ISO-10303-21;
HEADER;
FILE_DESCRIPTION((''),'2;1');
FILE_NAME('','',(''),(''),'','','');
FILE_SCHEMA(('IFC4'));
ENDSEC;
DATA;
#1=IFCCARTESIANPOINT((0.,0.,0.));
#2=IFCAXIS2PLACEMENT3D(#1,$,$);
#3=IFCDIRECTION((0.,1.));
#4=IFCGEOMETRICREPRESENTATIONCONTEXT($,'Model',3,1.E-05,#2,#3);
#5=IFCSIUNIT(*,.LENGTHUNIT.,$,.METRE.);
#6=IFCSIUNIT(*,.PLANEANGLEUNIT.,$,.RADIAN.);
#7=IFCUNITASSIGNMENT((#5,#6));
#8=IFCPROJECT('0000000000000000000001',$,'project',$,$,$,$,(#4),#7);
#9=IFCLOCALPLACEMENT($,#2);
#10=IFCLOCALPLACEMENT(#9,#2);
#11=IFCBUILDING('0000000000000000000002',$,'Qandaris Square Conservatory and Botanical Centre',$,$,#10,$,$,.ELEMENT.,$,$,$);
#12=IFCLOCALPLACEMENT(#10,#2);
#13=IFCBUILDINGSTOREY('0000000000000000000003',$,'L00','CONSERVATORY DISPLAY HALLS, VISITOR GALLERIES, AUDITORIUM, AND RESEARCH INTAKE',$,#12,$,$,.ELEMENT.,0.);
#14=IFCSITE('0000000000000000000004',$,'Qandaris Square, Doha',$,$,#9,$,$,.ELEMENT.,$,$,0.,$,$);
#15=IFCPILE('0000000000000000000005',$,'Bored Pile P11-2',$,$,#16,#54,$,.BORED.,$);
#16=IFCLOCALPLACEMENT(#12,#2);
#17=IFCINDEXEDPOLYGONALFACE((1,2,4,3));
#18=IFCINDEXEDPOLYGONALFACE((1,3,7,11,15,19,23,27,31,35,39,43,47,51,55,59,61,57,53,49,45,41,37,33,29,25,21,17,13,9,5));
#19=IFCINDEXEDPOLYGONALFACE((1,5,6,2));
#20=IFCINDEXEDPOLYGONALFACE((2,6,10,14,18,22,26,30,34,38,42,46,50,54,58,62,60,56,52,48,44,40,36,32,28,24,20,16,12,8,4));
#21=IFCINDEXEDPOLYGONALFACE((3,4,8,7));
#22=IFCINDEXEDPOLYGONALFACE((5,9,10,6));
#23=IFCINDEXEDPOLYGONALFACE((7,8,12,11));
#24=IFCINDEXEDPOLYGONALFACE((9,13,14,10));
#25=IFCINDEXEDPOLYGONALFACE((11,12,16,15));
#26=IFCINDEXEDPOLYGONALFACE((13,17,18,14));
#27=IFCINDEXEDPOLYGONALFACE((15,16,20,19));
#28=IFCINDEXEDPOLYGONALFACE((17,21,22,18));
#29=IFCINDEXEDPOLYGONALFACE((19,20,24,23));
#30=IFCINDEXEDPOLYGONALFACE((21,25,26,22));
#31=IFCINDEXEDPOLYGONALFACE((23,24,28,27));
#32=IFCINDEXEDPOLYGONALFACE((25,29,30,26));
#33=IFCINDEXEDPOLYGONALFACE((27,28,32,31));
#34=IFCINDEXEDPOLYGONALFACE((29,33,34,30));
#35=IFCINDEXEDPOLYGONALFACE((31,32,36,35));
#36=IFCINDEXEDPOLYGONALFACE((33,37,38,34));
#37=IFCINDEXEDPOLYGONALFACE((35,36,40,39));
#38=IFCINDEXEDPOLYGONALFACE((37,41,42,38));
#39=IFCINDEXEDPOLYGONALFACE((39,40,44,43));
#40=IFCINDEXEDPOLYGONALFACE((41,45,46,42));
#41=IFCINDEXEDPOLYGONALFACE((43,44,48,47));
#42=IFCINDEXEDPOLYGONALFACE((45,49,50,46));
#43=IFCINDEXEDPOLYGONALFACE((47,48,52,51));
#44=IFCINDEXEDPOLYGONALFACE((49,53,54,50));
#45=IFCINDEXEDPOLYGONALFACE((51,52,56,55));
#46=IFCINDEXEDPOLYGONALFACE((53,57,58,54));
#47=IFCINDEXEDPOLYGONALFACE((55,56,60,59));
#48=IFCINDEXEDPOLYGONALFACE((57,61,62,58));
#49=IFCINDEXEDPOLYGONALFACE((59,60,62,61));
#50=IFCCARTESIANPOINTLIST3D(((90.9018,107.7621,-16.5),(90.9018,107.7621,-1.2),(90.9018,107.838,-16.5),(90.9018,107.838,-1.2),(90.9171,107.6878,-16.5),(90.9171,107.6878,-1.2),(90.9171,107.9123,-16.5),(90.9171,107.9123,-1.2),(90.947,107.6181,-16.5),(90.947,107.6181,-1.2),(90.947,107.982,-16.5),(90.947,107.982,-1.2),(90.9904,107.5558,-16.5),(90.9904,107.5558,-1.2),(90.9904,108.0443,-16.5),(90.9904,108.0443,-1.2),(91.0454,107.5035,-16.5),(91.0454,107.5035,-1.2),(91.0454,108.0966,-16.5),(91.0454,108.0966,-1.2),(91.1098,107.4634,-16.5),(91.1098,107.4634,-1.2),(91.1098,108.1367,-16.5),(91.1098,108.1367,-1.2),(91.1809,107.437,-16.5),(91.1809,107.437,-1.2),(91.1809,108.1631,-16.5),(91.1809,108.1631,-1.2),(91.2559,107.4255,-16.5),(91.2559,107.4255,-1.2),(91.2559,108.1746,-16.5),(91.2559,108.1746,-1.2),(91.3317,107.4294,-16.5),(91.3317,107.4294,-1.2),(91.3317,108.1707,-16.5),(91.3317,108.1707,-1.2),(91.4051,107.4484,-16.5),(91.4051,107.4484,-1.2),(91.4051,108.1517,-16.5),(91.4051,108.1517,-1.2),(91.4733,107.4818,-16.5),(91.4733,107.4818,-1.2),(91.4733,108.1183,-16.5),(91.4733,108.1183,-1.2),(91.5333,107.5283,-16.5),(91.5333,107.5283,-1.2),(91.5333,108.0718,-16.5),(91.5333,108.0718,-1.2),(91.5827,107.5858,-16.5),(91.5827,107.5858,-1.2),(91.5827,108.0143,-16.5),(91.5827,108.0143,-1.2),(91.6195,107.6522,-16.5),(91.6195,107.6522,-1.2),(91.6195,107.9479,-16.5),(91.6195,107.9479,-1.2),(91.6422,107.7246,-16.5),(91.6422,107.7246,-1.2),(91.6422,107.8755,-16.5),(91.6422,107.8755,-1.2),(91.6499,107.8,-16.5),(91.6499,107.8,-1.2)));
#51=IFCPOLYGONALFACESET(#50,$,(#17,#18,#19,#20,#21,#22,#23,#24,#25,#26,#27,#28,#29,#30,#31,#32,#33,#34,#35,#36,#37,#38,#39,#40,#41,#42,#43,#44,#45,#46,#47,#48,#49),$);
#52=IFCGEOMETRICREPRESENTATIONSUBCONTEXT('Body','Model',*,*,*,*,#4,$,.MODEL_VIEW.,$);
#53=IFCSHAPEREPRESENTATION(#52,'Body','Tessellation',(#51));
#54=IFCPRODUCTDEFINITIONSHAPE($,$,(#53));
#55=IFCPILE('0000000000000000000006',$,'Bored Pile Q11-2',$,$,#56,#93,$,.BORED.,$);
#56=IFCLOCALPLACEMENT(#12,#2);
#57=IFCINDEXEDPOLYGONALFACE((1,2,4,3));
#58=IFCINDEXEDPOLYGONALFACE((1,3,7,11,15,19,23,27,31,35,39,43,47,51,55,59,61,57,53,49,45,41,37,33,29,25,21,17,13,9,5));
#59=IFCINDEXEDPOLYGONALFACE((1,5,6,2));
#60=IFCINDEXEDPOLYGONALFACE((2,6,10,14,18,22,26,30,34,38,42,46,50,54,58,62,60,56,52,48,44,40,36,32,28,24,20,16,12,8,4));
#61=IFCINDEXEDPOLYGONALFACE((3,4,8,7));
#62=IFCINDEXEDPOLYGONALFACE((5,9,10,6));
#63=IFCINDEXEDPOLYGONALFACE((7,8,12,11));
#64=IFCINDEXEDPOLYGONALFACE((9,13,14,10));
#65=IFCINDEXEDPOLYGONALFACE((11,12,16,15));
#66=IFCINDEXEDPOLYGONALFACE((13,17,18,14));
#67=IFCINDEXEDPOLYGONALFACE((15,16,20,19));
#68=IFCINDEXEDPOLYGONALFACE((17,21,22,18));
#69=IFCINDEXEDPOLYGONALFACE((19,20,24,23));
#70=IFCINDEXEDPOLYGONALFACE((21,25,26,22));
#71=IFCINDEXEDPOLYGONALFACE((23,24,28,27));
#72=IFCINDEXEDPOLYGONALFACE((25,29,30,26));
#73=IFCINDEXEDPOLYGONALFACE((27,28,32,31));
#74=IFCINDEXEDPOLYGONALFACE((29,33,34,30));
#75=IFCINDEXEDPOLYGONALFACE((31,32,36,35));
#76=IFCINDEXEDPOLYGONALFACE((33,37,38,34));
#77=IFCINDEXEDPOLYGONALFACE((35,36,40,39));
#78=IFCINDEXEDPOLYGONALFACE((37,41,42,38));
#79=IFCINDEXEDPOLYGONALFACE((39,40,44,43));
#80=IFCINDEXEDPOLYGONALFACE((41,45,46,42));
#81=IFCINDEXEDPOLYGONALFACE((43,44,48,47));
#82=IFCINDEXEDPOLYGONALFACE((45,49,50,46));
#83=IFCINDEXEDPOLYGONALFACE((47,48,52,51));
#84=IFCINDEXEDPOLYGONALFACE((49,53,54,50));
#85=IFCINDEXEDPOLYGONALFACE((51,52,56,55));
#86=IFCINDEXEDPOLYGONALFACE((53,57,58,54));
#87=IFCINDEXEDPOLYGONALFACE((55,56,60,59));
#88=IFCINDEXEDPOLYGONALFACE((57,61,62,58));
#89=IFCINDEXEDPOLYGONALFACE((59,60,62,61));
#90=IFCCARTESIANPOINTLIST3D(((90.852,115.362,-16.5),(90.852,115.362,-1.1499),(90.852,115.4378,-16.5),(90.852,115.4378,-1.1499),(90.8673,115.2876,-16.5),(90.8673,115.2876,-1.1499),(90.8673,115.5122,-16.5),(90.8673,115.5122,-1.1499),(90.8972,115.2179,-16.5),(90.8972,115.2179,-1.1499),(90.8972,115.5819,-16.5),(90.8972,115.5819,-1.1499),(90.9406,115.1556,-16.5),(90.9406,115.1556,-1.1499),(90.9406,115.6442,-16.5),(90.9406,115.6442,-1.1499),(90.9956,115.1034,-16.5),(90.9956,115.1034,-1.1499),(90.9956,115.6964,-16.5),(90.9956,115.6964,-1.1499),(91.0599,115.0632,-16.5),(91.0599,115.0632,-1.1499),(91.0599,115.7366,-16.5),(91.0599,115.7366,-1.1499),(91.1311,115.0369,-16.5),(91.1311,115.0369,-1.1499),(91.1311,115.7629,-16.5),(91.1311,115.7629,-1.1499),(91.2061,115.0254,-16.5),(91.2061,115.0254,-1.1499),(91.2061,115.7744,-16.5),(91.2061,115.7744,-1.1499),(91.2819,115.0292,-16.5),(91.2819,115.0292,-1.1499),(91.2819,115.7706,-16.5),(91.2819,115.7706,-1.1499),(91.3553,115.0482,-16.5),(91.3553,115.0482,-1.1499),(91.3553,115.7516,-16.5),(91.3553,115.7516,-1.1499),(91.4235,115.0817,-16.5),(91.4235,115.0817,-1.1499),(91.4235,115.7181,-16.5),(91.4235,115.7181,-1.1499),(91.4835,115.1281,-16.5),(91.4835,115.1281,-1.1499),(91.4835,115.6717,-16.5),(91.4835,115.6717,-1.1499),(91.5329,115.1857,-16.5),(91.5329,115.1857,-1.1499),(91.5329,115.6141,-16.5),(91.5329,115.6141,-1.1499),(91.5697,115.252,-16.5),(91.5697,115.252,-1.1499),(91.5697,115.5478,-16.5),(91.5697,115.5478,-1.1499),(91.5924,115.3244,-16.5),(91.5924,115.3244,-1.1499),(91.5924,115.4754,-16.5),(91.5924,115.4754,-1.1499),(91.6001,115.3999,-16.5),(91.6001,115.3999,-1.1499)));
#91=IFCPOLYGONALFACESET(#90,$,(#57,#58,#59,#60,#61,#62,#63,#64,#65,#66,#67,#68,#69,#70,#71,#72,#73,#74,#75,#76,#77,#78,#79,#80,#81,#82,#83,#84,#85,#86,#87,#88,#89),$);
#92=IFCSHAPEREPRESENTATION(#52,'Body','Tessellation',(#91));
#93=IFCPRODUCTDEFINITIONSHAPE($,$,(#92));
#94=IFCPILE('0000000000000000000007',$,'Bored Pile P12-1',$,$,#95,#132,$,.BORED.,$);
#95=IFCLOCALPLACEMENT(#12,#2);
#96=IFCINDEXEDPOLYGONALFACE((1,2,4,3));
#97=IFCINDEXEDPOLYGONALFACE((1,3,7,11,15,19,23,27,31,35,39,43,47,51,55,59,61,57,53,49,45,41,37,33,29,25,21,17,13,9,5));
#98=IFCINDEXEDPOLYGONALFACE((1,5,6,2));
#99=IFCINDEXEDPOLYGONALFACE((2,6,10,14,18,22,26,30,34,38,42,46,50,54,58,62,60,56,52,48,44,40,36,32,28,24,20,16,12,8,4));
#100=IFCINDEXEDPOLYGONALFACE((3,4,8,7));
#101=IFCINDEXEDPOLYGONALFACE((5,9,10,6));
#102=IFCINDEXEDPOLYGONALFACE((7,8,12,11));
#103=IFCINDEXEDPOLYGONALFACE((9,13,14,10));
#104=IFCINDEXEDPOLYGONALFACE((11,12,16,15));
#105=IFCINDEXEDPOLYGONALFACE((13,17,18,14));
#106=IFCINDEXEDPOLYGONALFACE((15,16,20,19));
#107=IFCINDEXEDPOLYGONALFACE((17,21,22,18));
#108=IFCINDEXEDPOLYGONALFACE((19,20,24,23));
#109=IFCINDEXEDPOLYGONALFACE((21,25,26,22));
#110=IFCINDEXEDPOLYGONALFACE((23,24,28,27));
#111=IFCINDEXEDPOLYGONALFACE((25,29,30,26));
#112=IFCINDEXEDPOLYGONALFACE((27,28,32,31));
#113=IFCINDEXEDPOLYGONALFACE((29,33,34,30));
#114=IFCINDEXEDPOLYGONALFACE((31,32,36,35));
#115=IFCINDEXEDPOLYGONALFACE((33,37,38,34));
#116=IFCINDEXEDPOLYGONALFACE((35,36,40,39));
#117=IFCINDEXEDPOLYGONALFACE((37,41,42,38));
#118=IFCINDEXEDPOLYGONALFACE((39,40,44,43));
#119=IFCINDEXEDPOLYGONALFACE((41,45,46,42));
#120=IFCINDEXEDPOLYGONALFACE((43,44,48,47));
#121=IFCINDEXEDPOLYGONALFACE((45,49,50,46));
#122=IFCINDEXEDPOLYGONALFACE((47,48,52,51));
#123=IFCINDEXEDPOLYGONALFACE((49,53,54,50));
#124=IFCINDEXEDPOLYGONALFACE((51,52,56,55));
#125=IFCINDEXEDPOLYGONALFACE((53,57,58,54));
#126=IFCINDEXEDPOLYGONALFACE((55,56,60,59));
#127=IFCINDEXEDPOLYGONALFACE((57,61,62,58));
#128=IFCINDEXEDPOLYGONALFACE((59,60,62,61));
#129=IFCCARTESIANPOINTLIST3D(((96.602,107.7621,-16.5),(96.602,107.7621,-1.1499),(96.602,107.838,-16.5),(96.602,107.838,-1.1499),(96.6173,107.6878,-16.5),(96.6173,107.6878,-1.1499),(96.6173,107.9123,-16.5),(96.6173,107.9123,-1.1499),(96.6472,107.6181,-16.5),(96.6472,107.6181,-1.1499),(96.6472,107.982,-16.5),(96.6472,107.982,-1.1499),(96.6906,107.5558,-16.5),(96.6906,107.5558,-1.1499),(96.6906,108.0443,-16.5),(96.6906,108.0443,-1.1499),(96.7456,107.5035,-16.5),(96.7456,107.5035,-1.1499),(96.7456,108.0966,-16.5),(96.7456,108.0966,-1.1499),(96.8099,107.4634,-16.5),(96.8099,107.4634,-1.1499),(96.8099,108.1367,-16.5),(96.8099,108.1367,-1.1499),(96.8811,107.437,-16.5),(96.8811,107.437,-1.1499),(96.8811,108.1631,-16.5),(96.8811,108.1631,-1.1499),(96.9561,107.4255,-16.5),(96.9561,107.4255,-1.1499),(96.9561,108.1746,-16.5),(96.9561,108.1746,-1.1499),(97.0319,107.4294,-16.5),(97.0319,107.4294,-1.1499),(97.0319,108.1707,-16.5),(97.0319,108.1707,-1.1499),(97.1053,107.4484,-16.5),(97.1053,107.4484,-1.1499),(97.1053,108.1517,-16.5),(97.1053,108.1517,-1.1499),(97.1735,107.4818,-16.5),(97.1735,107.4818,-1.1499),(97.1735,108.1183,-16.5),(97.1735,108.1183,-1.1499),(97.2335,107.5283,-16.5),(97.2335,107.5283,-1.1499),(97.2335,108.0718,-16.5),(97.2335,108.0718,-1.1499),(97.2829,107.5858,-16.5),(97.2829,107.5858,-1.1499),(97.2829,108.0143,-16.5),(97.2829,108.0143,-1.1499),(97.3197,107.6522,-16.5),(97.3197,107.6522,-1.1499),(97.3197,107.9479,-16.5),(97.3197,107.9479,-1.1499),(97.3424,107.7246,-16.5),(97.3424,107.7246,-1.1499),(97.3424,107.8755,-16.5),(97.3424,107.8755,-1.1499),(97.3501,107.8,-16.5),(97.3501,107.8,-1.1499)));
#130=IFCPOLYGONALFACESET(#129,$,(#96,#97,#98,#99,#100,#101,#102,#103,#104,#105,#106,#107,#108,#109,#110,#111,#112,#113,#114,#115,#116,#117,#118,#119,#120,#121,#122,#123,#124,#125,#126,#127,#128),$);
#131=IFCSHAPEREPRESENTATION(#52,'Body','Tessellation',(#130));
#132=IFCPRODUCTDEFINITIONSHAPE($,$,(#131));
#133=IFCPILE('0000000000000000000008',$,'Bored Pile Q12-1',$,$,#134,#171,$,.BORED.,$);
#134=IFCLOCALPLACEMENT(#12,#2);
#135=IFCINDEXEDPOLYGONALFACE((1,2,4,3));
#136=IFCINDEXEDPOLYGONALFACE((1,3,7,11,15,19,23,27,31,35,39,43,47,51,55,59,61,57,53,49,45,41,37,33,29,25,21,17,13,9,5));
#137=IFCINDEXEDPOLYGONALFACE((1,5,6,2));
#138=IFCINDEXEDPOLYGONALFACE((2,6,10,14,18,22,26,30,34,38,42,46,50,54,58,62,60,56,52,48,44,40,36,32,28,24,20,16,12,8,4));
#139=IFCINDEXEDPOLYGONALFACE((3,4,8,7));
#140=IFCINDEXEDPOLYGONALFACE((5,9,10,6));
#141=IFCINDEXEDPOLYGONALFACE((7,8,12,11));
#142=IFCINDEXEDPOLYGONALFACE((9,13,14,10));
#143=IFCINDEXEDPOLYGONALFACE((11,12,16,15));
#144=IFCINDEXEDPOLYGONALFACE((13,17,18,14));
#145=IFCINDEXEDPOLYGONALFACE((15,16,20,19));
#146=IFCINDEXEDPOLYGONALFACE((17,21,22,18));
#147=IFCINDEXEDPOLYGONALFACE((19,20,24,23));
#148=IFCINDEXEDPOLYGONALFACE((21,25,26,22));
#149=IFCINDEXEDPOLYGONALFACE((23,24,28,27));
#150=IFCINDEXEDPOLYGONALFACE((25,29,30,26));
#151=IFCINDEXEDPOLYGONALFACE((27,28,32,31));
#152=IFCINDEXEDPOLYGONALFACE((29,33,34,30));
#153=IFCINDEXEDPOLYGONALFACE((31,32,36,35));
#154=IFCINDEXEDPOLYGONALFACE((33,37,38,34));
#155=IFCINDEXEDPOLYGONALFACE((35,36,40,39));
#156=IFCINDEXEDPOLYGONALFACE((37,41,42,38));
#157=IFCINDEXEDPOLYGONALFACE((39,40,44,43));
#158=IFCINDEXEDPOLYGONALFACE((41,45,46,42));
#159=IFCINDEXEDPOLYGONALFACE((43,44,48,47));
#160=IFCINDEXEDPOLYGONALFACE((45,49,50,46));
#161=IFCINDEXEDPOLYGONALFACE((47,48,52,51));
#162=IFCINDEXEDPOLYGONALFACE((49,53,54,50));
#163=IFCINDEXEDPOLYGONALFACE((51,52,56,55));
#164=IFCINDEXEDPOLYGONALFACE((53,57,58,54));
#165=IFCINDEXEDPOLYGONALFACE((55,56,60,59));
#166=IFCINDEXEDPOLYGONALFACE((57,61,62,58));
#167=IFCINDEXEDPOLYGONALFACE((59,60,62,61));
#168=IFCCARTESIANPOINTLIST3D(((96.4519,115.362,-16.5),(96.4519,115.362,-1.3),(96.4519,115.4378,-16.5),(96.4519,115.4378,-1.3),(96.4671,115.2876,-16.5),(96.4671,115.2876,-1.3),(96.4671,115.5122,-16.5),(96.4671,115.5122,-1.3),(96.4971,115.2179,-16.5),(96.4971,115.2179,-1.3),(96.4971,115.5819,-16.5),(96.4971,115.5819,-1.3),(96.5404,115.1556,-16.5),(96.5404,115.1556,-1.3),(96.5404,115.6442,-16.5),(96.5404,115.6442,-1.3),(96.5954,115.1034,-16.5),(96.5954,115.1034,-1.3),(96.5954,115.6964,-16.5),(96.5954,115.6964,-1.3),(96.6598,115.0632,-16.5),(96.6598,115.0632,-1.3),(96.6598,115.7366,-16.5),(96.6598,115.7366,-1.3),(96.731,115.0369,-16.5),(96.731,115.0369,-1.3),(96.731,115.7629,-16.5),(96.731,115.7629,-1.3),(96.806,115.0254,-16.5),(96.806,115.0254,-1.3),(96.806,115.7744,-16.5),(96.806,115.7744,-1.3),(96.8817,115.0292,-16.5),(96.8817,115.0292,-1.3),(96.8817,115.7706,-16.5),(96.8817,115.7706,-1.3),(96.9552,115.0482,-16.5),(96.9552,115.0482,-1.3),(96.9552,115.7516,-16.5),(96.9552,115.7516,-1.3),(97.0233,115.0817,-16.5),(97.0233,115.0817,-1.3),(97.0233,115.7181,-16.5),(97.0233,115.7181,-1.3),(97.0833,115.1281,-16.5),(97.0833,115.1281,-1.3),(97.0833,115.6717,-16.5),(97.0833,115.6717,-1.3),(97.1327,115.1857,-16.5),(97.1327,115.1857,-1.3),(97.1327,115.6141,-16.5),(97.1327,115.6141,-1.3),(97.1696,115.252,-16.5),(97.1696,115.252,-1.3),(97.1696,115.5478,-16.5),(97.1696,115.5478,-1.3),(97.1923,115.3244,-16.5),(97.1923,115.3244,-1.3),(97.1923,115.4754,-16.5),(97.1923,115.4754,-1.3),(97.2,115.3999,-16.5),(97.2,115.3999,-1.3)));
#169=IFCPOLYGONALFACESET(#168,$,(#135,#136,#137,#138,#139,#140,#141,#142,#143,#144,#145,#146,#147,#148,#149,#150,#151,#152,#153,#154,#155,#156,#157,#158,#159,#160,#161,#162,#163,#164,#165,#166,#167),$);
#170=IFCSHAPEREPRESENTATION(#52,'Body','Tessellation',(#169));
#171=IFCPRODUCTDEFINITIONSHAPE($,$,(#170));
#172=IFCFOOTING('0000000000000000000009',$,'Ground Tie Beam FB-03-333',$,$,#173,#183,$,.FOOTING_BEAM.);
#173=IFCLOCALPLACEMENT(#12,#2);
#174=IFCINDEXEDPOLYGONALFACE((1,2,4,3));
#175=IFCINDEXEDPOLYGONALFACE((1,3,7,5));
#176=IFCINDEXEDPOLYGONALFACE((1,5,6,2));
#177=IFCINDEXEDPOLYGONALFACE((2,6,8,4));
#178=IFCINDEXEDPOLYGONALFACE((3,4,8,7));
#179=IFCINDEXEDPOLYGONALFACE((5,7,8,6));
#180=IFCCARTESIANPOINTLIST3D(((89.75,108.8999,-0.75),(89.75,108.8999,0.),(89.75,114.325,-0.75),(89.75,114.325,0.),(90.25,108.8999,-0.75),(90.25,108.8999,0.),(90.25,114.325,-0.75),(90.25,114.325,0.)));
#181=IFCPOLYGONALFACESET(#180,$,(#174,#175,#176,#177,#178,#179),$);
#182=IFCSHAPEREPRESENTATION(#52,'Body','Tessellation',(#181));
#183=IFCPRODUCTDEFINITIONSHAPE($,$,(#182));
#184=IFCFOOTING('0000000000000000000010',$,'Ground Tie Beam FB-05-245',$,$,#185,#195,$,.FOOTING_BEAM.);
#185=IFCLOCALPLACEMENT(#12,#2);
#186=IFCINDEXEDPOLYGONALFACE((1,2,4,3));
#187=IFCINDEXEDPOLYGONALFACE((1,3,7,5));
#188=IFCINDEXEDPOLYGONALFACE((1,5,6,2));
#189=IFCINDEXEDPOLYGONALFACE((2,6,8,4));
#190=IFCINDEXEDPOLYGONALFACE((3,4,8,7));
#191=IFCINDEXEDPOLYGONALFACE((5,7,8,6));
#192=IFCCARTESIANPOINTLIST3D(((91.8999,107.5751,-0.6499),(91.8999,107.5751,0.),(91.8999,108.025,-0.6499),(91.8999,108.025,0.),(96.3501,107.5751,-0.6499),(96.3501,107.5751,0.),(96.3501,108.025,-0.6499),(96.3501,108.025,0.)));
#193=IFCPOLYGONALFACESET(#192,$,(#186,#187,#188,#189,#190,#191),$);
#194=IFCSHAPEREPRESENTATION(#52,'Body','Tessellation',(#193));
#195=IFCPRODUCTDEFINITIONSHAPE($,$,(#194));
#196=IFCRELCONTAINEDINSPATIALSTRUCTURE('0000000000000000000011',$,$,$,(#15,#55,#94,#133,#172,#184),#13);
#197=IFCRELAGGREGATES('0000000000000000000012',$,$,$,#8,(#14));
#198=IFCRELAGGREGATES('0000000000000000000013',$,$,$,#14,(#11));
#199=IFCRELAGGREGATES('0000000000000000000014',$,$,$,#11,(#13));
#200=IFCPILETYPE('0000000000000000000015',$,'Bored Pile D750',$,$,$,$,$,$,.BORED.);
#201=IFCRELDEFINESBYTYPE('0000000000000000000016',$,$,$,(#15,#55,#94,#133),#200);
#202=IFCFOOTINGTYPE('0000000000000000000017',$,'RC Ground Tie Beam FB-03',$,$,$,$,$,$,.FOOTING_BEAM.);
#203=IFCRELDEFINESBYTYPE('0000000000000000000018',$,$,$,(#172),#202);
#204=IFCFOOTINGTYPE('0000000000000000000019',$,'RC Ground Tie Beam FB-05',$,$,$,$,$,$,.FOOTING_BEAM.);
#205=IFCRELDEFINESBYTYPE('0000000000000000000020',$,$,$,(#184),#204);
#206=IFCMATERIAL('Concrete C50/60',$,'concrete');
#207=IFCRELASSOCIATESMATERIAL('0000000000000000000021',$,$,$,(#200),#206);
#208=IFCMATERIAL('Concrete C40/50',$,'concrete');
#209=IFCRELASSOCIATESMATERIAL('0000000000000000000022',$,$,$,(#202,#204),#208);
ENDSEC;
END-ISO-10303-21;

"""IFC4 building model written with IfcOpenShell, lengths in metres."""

from ifc_helpers import new_model, si_unit, direction, frame, origin, origin_2d, place, context, subcontext, project, spatial, rectangle, circle, extrude, material, material_profile, profile_set, type_object, element, save


model = new_model("IFC4")

# Units and contexts
model_context = context("Model", 3, precision=1e-05, world=origin(), true_north=direction((0.0, 1.0)))
body_context = subcontext(model_context, "Body", "Model", "MODEL_VIEW")
ifc_project = project(units=[si_unit("LENGTHUNIT", "METRE"), si_unit("PLANEANGLEUNIT", "RADIAN")], contexts=[model_context])

# Site, building, storey
site_placement = place(None, origin())
site = spatial("IfcSite", under=ifc_project, at=site_placement, Name="Qandaris Square, Doha", CompositionType="ELEMENT", RefElevation=0.0)
building_placement = place(site_placement, origin())
building = spatial("IfcBuilding", under=site, at=building_placement, Name="Qandaris Square Conservatory and Botanical Centre", CompositionType="ELEMENT")
storey_placement = place(building_placement, origin())
storey = spatial("IfcBuildingStorey", under=building, at=storey_placement, Name="L00", Description="CONSERVATORY DISPLAY HALLS, VISITOR GALLERIES, AUDITORIUM, AND RESEARCH INTAKE", CompositionType="ELEMENT", Elevation=0.0)

# Piles
ifc_material_1 = material(Name="Concrete C50/60", Category="concrete")
ifc_material_profile_1 = material_profile(ifc_material_1, circle(Radius=0.375, at=origin_2d()), Name="PILE D750")
ifc_profile_set_1 = profile_set([ifc_material_profile_1], Name="Concrete C50/60")
pile_type = type_object("IfcPileType", Name="Bored Pile D750", PredefinedType="BORED", material=ifc_profile_set_1)
pile_1_placement = place(storey_placement, frame((91.2749, 107.8, -1.2), z_axis=(0.0, 0.0, -1.0), x_axis=(1.0, 0.0, 0.0)))
element("IfcPile", 1, at=pile_1_placement, inside=storey, type_object=pile_type, Name="Bored Pile P11-2", PredefinedType="BORED", context=body_context, shape_type="SweptSolid", body=[
    extrude(circle(Radius=0.375, at=origin_2d()), origin(), (0.0, 0.0, 1.0), 15.3),
])
for number, where, z_axis, x_axis, name in (
    (2, (91.2251, 115.3999, -1.1499), (0.0, 0.0, -1.0), (1.0, 0.0, 0.0), "Bored Pile Q11-2"),
    (3, (96.9751, 107.8, -1.1499), (0.0, 0.0, -1.0), (1.0, 0.0, 0.0), "Bored Pile P12-1"),
):
    element("IfcPile", number, at=place(storey_placement, frame(where, z_axis=z_axis, x_axis=x_axis)), inside=storey, type_object=pile_type, Name=name, PredefinedType="BORED", context=body_context, shape_type="SweptSolid", body=[
        extrude(circle(Radius=0.375, at=origin_2d()), origin(), (0.0, 0.0, 1.0), 15.3501),
    ])
pile_2_placement = place(storey_placement, frame((96.825, 115.3999, -1.3), z_axis=(0.0, 0.0, -1.0), x_axis=(1.0, 0.0, 0.0)))
element("IfcPile", 4, at=pile_2_placement, inside=storey, type_object=pile_type, Name="Bored Pile Q12-1", PredefinedType="BORED", context=body_context, shape_type="SweptSolid", body=[
    extrude(circle(Radius=0.375, at=origin_2d()), origin(), (0.0, 0.0, 1.0), 15.2),
])

# Footings
ifc_material_2 = material(Name="Concrete C40/50", Category="concrete")
ifc_material_profile_2 = material_profile(ifc_material_2, rectangle(XDim=0.5, YDim=0.75, at=origin_2d()), Name="FB 500x750")
ifc_profile_set_2 = profile_set([ifc_material_profile_2], Name="Concrete C40/50")
footing_type_1 = type_object("IfcFootingType", Name="RC Ground Tie Beam FB-03", PredefinedType="FOOTING_BEAM", material=ifc_profile_set_2)
footing_1_placement = place(storey_placement, frame((90.0, 108.8999, -0.375), z_axis=(0.0, 1.0, 0.0), x_axis=(-1.0, 0.0, 0.0)))
element("IfcFooting", 5, at=footing_1_placement, inside=storey, type_object=footing_type_1, Name="Ground Tie Beam FB-03-333", PredefinedType="FOOTING_BEAM", context=body_context, shape_type="SweptSolid", body=[
    extrude(rectangle(XDim=0.5, YDim=0.75, at=origin_2d()), origin(), (0.0, 0.0, 1.0), 5.425),
])
ifc_material_profile_3 = material_profile(ifc_material_2, rectangle(XDim=0.45, YDim=0.6499, at=origin_2d()), Name="FB 450x650")
ifc_profile_set_3 = profile_set([ifc_material_profile_3], Name="Concrete C40/50")
footing_type_2 = type_object("IfcFootingType", Name="RC Ground Tie Beam FB-05", PredefinedType="FOOTING_BEAM", material=ifc_profile_set_3)
footing_2_placement = place(storey_placement, frame((91.8999, 107.8, -0.325), z_axis=(1.0, 0.0, 0.0), x_axis=(0.0, 1.0, 0.0)))
element("IfcFooting", 6, at=footing_2_placement, inside=storey, type_object=footing_type_2, Name="Ground Tie Beam FB-05-245", PredefinedType="FOOTING_BEAM", context=body_context, shape_type="SweptSolid", body=[
    extrude(rectangle(XDim=0.45, YDim=0.6499, at=origin_2d()), origin(), (0.0, 0.0, 1.0), 4.4502),
])

save(model, "model.ifc")
